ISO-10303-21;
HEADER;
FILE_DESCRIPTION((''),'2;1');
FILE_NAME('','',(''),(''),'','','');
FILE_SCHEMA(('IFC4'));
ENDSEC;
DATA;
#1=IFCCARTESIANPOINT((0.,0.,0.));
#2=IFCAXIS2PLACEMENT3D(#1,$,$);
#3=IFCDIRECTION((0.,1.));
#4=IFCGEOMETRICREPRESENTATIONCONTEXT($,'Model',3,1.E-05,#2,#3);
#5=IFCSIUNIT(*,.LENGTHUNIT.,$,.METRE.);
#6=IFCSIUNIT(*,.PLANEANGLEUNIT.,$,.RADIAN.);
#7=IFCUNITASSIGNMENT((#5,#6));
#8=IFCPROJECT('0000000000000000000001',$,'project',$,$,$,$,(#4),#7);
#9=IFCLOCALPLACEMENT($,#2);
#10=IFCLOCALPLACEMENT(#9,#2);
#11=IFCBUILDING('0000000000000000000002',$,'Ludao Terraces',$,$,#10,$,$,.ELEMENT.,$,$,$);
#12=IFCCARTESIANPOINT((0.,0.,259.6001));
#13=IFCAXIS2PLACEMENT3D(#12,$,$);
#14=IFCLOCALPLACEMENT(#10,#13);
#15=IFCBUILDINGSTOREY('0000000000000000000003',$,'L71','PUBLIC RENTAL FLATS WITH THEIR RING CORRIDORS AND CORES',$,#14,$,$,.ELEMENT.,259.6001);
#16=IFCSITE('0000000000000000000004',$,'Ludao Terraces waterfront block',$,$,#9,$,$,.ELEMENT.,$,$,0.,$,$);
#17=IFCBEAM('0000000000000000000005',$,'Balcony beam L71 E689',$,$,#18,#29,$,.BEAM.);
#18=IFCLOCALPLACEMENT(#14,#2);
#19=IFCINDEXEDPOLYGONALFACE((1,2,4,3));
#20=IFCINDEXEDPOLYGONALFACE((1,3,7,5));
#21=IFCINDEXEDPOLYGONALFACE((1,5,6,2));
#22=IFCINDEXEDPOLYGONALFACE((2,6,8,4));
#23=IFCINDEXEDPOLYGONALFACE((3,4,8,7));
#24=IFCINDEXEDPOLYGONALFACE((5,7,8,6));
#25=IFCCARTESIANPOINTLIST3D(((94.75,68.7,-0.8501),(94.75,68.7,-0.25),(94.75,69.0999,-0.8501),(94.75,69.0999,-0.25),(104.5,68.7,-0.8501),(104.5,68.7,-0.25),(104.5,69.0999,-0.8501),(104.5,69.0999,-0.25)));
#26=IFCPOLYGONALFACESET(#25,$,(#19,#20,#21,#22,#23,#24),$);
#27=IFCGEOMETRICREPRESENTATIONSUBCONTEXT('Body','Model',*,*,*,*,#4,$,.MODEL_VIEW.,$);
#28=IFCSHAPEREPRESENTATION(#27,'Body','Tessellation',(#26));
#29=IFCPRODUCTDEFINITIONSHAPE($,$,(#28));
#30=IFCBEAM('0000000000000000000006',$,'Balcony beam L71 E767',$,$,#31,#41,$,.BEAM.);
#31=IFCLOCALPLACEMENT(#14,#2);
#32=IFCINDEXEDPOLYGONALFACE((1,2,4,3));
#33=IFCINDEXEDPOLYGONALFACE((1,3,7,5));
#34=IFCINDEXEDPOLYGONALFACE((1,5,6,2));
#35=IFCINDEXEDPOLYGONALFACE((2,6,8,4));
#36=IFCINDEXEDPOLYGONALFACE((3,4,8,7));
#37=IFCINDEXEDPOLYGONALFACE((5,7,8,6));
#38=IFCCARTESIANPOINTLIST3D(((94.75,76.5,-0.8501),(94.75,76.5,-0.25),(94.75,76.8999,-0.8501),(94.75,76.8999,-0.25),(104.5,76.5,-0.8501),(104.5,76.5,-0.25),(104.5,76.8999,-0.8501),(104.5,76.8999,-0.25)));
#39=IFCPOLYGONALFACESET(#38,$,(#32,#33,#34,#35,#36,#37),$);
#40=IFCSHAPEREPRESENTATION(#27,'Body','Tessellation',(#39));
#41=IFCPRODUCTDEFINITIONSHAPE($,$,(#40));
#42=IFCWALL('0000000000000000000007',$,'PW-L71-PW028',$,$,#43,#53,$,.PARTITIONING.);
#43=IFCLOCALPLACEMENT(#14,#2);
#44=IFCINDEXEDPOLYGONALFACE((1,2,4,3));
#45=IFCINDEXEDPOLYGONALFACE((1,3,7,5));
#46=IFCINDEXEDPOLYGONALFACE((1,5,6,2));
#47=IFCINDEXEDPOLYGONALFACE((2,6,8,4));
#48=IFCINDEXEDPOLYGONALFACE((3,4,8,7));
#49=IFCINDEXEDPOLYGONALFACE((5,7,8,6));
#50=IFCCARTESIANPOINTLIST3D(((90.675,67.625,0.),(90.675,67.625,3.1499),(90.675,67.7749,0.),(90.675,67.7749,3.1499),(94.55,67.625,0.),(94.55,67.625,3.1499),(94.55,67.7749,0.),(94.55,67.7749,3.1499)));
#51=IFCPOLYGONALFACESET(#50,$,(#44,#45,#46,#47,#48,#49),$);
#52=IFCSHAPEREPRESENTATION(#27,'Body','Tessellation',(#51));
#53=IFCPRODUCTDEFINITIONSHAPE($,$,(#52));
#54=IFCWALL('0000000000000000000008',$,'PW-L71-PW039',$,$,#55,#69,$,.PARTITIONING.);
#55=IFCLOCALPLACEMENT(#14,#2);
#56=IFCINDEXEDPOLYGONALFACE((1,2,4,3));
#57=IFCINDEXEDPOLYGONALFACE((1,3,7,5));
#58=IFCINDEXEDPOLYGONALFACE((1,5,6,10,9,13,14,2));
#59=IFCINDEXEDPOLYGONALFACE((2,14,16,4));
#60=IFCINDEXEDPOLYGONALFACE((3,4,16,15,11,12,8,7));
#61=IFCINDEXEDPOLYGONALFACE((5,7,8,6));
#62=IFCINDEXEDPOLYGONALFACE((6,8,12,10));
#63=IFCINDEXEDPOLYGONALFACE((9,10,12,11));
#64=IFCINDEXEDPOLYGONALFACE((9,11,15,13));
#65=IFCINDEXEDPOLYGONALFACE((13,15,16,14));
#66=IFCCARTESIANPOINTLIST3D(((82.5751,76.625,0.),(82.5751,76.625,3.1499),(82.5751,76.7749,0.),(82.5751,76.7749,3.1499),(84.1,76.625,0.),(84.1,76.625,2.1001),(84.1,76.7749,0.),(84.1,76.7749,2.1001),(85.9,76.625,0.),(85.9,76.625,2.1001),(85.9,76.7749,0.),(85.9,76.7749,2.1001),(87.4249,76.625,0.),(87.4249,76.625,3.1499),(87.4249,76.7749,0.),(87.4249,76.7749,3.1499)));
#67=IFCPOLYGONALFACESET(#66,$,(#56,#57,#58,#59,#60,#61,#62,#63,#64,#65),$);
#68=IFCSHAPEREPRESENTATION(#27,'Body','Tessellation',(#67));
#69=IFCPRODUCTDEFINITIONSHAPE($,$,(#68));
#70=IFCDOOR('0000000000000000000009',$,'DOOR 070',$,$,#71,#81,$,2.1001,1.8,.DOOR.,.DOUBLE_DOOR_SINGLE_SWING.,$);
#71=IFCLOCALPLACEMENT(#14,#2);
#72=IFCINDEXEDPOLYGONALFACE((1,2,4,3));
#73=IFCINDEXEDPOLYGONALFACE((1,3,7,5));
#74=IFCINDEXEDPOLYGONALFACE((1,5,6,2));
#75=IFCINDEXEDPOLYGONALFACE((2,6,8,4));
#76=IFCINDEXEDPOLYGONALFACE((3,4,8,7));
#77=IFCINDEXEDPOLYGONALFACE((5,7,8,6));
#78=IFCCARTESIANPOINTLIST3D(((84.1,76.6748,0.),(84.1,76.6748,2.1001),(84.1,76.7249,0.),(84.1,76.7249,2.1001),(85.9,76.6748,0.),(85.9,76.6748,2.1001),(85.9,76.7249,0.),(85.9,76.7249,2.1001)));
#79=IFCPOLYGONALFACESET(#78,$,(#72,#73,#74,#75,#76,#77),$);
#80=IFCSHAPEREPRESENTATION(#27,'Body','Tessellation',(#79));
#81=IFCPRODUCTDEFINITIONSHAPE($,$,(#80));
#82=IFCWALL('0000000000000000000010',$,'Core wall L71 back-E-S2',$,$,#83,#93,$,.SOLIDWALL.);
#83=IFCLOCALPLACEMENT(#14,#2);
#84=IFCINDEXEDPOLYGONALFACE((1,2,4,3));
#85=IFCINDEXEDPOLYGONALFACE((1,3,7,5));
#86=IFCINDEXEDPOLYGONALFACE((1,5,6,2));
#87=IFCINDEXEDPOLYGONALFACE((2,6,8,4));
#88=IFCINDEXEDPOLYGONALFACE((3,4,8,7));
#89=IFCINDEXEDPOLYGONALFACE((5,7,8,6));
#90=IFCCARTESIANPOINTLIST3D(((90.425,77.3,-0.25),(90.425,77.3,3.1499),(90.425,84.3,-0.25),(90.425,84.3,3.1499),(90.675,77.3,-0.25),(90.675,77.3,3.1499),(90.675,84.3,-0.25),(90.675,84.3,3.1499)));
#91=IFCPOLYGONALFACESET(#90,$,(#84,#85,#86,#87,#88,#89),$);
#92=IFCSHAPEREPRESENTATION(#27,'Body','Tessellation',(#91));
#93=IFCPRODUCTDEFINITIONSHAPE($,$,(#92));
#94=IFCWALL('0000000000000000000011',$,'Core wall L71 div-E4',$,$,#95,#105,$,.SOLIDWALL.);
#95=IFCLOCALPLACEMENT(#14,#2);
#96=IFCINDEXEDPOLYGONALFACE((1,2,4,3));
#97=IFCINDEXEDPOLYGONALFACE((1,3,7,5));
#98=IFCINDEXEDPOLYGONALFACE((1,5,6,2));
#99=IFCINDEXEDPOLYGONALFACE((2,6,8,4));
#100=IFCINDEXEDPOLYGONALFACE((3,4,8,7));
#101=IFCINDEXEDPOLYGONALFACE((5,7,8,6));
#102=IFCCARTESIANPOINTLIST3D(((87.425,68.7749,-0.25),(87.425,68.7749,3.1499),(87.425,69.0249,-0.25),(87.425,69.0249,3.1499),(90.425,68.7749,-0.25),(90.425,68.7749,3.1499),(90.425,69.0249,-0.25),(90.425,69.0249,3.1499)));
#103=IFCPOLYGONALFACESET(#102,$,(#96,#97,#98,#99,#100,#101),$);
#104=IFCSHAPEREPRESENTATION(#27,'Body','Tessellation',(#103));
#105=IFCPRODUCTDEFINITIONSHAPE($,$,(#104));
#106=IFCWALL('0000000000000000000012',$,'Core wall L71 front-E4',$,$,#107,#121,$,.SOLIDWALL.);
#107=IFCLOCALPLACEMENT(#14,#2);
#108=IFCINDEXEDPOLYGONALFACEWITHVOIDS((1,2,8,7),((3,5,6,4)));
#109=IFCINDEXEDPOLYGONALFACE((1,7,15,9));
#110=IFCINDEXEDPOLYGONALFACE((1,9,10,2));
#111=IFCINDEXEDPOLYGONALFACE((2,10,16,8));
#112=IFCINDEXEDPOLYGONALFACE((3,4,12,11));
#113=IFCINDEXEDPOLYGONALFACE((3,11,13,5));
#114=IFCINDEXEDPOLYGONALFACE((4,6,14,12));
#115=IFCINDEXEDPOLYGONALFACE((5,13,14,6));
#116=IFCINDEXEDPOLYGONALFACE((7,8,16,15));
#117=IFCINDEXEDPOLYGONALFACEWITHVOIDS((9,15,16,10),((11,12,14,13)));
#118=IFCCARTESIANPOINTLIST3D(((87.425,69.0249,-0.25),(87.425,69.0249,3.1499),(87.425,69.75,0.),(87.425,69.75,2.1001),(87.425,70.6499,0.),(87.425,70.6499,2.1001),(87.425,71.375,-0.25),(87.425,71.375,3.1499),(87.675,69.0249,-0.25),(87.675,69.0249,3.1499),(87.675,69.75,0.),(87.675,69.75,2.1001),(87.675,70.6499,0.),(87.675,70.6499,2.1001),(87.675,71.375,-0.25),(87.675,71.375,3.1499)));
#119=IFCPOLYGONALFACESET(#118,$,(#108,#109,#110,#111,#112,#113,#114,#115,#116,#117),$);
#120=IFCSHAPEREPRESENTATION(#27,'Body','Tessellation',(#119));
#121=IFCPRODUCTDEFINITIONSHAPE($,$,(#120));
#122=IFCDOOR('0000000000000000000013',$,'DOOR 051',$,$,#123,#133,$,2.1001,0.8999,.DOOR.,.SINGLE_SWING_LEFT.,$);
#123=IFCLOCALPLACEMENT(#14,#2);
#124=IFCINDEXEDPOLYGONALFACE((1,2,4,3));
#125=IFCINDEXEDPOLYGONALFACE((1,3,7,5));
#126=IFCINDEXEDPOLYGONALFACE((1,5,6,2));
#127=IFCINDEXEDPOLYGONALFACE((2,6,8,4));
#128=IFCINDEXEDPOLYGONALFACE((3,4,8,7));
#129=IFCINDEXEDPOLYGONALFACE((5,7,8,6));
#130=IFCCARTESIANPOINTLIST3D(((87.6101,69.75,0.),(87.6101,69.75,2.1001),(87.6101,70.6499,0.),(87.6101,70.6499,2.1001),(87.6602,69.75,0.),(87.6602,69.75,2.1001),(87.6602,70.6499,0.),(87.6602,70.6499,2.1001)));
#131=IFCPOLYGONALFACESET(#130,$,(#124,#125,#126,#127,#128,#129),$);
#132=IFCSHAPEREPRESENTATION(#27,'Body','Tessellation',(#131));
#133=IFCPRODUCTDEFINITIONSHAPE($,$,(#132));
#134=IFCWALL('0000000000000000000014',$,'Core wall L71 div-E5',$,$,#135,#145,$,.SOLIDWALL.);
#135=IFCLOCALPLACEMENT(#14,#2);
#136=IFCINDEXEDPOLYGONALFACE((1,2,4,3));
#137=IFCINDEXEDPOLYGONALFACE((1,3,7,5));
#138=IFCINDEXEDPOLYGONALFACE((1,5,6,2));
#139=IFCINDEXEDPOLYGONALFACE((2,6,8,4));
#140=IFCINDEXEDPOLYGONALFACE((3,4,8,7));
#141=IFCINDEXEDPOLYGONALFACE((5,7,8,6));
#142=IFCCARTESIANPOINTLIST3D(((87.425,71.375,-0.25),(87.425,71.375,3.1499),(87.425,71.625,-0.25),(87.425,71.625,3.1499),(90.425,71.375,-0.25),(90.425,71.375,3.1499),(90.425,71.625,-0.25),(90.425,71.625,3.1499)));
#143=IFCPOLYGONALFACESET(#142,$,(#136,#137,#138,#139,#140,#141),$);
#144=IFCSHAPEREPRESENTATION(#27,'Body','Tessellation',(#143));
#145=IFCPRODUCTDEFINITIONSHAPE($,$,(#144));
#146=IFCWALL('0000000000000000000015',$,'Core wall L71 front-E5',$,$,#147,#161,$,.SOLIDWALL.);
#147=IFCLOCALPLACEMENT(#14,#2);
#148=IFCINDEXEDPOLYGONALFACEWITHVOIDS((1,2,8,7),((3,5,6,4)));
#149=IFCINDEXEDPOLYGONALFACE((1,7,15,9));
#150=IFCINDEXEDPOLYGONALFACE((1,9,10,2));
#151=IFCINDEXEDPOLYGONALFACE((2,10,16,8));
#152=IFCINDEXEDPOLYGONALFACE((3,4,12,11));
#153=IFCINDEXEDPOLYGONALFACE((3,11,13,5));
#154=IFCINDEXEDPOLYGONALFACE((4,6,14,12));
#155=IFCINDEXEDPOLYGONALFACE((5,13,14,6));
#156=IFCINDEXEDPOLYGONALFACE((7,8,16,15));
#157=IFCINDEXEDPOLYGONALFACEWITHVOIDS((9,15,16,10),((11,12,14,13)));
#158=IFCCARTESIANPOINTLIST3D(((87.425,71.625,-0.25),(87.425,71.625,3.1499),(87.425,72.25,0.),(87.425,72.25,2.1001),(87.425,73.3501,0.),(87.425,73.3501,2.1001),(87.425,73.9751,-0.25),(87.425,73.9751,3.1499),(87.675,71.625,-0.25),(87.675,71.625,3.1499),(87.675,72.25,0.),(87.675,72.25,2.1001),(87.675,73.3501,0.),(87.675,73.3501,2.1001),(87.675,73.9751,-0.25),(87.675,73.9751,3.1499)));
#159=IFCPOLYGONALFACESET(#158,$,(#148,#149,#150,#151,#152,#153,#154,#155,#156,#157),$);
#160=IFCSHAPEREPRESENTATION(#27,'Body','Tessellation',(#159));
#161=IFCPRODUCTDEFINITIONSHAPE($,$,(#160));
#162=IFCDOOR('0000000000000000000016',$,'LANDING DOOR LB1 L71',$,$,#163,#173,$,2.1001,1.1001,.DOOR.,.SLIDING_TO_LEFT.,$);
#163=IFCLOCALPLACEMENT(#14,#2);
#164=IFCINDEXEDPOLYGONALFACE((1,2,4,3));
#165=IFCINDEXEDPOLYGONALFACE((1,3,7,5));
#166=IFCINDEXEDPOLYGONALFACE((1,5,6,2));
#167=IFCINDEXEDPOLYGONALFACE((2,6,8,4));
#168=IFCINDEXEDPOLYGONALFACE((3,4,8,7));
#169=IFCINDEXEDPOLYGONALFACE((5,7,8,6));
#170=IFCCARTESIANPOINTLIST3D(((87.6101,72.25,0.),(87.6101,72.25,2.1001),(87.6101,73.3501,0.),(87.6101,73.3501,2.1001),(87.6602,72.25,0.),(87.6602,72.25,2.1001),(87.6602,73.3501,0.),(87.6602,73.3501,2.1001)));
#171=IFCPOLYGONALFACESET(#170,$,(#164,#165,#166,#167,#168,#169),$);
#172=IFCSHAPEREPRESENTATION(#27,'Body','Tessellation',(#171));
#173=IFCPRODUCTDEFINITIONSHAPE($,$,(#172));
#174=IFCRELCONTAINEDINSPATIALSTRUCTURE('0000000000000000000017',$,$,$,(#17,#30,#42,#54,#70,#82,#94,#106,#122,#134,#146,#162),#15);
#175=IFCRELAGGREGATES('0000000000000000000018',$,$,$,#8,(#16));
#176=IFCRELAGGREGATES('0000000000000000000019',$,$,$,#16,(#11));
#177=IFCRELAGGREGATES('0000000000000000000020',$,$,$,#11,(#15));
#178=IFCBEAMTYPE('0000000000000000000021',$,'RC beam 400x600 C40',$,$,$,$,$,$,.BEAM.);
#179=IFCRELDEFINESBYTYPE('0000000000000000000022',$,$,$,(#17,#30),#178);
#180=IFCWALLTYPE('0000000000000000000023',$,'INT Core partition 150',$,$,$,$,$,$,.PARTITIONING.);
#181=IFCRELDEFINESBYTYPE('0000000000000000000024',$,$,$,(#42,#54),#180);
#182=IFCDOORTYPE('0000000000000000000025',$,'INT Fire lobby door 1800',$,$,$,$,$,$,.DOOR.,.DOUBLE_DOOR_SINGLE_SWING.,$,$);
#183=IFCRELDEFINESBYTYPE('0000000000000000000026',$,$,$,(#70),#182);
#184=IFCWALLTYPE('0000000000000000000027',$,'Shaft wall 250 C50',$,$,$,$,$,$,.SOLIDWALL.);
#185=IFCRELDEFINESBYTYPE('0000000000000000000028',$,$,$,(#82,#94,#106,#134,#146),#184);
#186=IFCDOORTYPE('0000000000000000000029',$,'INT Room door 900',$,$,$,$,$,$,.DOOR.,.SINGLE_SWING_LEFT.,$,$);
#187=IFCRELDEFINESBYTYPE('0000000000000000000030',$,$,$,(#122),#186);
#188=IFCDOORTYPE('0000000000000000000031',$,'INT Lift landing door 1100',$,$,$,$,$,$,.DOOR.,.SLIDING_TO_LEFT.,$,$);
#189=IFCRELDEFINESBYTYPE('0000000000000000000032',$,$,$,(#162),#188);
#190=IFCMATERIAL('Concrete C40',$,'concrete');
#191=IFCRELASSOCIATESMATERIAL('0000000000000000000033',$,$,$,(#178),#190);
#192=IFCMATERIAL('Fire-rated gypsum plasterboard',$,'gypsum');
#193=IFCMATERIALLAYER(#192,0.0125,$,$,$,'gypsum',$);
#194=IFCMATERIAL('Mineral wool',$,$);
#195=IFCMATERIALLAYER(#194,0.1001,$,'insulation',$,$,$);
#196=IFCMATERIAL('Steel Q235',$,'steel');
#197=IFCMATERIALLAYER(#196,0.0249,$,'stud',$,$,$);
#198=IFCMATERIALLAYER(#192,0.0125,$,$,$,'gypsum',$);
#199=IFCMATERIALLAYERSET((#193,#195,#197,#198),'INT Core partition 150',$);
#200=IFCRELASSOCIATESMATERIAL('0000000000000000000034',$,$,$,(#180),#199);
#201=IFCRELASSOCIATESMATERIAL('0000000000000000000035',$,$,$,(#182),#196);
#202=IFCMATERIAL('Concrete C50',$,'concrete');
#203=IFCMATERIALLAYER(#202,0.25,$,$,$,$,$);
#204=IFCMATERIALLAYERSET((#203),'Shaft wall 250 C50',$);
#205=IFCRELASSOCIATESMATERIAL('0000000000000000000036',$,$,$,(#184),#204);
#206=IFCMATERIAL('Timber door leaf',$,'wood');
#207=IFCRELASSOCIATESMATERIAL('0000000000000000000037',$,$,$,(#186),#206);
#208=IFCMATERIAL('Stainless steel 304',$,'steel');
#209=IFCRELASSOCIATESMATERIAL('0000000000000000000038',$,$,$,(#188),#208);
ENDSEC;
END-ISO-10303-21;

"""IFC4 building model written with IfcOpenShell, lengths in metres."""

from ifc_helpers import new_model, si_unit, direction, frame, frame_2d, origin, origin_2d, place, context, subcontext, project, spatial, rectangle, extrude, material, layer, layer_set, material_profile, profile_set, type_object, element, fill, save


model = new_model("IFC4")

# Units and contexts
model_context = context("Model", 3, precision=1e-05, world=origin(), true_north=direction((0.0, 1.0)))
body_context = subcontext(model_context, "Body", "Model", "MODEL_VIEW")
ifc_project = project(units=[si_unit("LENGTHUNIT", "METRE"), si_unit("PLANEANGLEUNIT", "RADIAN")], contexts=[model_context])

# Site, building, storey
site_placement = place(None, origin())
site = spatial("IfcSite", under=ifc_project, at=site_placement, Name="Ludao Terraces waterfront block", CompositionType="ELEMENT", RefElevation=0.0)
building_placement = place(site_placement, origin())
building = spatial("IfcBuilding", under=site, at=building_placement, Name="Ludao Terraces", CompositionType="ELEMENT")
storey_placement = place(building_placement, frame((0.0, 0.0, 259.6001)))
storey = spatial("IfcBuildingStorey", under=building, at=storey_placement, Name="L71", Description="PUBLIC RENTAL FLATS WITH THEIR RING CORRIDORS AND CORES", CompositionType="ELEMENT", Elevation=259.6001)

# Beams
ifc_material_1 = material(Name="Concrete C40", Category="concrete")
ifc_material_profile = material_profile(ifc_material_1, rectangle(XDim=0.3999, YDim=0.6001, at=origin_2d()), Name="400 X 600")
ifc_profile_set = profile_set([ifc_material_profile], Name="Concrete C40")
beam_type = type_object("IfcBeamType", Name="RC beam 400x600 C40", PredefinedType="BEAM", material=ifc_profile_set)
for number, where, z_axis, x_axis, name in (
    (1, (94.75, 68.8999, -0.55), (1.0, 0.0, 0.0), (0.0, 1.0, 0.0), "Balcony beam L71 E689"),
    (2, (94.75, 76.7, -0.55), (1.0, 0.0, 0.0), (0.0, 1.0, 0.0), "Balcony beam L71 E767"),
):
    element("IfcBeam", number, at=place(storey_placement, frame(where, z_axis=z_axis, x_axis=x_axis)), inside=storey, type_object=beam_type, Name=name, PredefinedType="BEAM", context=body_context, shape_type="SweptSolid", body=[
        extrude(rectangle(XDim=0.3999, YDim=0.6001, at=origin_2d()), origin(), (0.0, 0.0, 1.0), 9.75),
    ])

# Wall
ifc_material_2 = material(Name="Fire-rated gypsum plasterboard", Category="gypsum")
ifc_layer_1 = layer(ifc_material_2, 0.0125, Category="gypsum")
ifc_material_3 = material(Name="Mineral wool")
ifc_layer_2 = layer(ifc_material_3, 0.1001, Name="insulation")
ifc_material_4 = material(Name="Steel Q235", Category="steel")
ifc_layer_3 = layer(ifc_material_4, 0.0249, Name="stud")
ifc_layer_4 = layer(ifc_material_2, 0.0125, Category="gypsum")
ifc_layer_set_1 = layer_set([ifc_layer_1, ifc_layer_2, ifc_layer_3, ifc_layer_4], Name="INT Core partition 150")
wall_type_1 = type_object("IfcWallType", Name="INT Core partition 150", PredefinedType="PARTITIONING", material=ifc_layer_set_1)
wall_1_placement = place(storey_placement, frame((90.675, 67.7, 0.0), z_axis=(0.0, 0.0, 1.0), x_axis=(1.0, 0.0, 0.0)))
element("IfcWall", 3, at=wall_1_placement, inside=storey, type_object=wall_type_1, Name="PW-L71-PW028", PredefinedType="PARTITIONING", context=body_context, shape_type="SweptSolid", body=[
    extrude(rectangle(XDim=3.875, YDim=0.1499, at=frame_2d((1.9375, 0.0))), origin(), (0.0, 0.0, 1.0), 3.1499),
])

# Wall, opening, door
wall_2_placement = place(storey_placement, frame((82.5752, 76.7, 0.0), z_axis=(0.0, 0.0, 1.0), x_axis=(1.0, 0.0, 0.0)))
wall_2 = element("IfcWall", 4, at=wall_2_placement, inside=storey, type_object=wall_type_1, Name="PW-L71-PW039", PredefinedType="PARTITIONING", context=body_context, shape_type="SweptSolid", body=[
    extrude(rectangle(XDim=4.8499, YDim=0.1499, at=frame_2d((2.4248, 0.0))), origin(), (0.0, 0.0, 1.0), 3.1499),
])
opening_1_placement = place(wall_2_placement, frame((1.5249, 0.0, 0.0)))
opening_1 = element("IfcOpeningElement", 5, at=opening_1_placement, cuts=wall_2, PredefinedType="OPENING", context=body_context, shape_type="SweptSolid", body=[
    extrude(rectangle(XDim=1.8, YDim=2.1001, at=frame_2d((0.8999, 1.05))), frame((0.0, 0.085, 0.0), z_axis=(0.0, -1.0, 0.0), x_axis=(1.0, 0.0, 0.0)), (0.0, 0.0, 1.0), 0.1699),
])
door_type_1 = type_object("IfcDoorType", Name="INT Fire lobby door 1800", OperationType="DOUBLE_DOOR_SINGLE_SWING", PredefinedType="DOOR", material=ifc_material_4)
door_1_placement = place(opening_1_placement, origin())
door_1 = element("IfcDoor", 6, at=door_1_placement, inside=storey, type_object=door_type_1, Name="DOOR 070", OperationType="DOUBLE_DOOR_SINGLE_SWING", OverallHeight=2.1001, OverallWidth=1.8, PredefinedType="DOOR", context=body_context, shape_type="SweptSolid", body=[
    extrude(rectangle(XDim=1.8, YDim=2.1001, at=frame_2d((0.8999, 1.05))), frame((0.0, 0.0249, 0.0), z_axis=(0.0, -1.0, 0.0), x_axis=(1.0, 0.0, 0.0)), (0.0, 0.0, 1.0), 0.05),
])
fill(opening_1, door_1)

# Walls
ifc_material_5 = material(Name="Concrete C50", Category="concrete")
ifc_layer_5 = layer(ifc_material_5, 0.25)
ifc_layer_set_2 = layer_set([ifc_layer_5], Name="Shaft wall 250 C50")
wall_type_2 = type_object("IfcWallType", Name="Shaft wall 250 C50", PredefinedType="SOLIDWALL", material=ifc_layer_set_2)
wall_3_placement = place(storey_placement, frame((90.55, 77.3, -0.25), z_axis=(0.0, 0.0, 1.0), x_axis=(0.0, 1.0, 0.0)))
element("IfcWall", 7, at=wall_3_placement, inside=storey, type_object=wall_type_2, Name="Core wall L71 back-E-S2", PredefinedType="SOLIDWALL", context=body_context, shape_type="SweptSolid", body=[
    extrude(rectangle(XDim=7.0, YDim=0.25, at=frame_2d((3.5, 0.0))), origin(), (0.0, 0.0, 1.0), 3.3999),
])
wall_4_placement = place(storey_placement, frame((87.425, 68.8999, -0.25), z_axis=(0.0, 0.0, 1.0), x_axis=(1.0, 0.0, 0.0)))
element("IfcWall", 8, at=wall_4_placement, inside=storey, type_object=wall_type_2, Name="Core wall L71 div-E4", PredefinedType="SOLIDWALL", context=body_context, shape_type="SweptSolid", body=[
    extrude(rectangle(XDim=3.0, YDim=0.25, at=frame_2d((1.5, 0.0))), origin(), (0.0, 0.0, 1.0), 3.3999),
])

# Wall, opening, door
wall_5_placement = place(storey_placement, frame((87.55, 69.0249, -0.25), z_axis=(0.0, 0.0, 1.0), x_axis=(0.0, 1.0, 0.0)))
wall_5 = element("IfcWall", 9, at=wall_5_placement, inside=storey, type_object=wall_type_2, Name="Core wall L71 front-E4", PredefinedType="SOLIDWALL", context=body_context, shape_type="SweptSolid", body=[
    extrude(rectangle(XDim=2.3501, YDim=0.25, at=frame_2d((1.175, 0.0))), origin(), (0.0, 0.0, 1.0), 3.3999),
])
opening_2_placement = place(wall_5_placement, frame((0.7251, 0.0, 0.25)))
opening_2 = element("IfcOpeningElement", 10, at=opening_2_placement, cuts=wall_5, PredefinedType="OPENING", context=body_context, shape_type="SweptSolid", body=[
    extrude(rectangle(XDim=0.8999, YDim=2.1001, at=frame_2d((0.45, 1.05))), frame((0.0, 0.135, 0.0), z_axis=(0.0, -1.0, 0.0), x_axis=(1.0, 0.0, 0.0)), (0.0, 0.0, 1.0), 0.27),
])
ifc_material_6 = material(Name="Timber door leaf", Category="wood")
door_type_2 = type_object("IfcDoorType", Name="INT Room door 900", OperationType="SINGLE_SWING_LEFT", PredefinedType="DOOR", material=ifc_material_6)
door_2_placement = place(opening_2_placement, origin())
door_2 = element("IfcDoor", 11, at=door_2_placement, inside=storey, type_object=door_type_2, Name="DOOR 051", OperationType="SINGLE_SWING_LEFT", OverallHeight=2.1001, OverallWidth=0.8999, PredefinedType="DOOR", context=body_context, shape_type="SweptSolid", body=[
    extrude(rectangle(XDim=0.8999, YDim=2.1001, at=frame_2d((0.45, 1.05))), frame((0.0, -0.0601, 0.0), z_axis=(0.0, -1.0, 0.0), x_axis=(1.0, 0.0, 0.0)), (0.0, 0.0, 1.0), 0.05),
])
fill(opening_2, door_2)

# Wall
wall_6_placement = place(storey_placement, frame((87.425, 71.5, -0.25), z_axis=(0.0, 0.0, 1.0), x_axis=(1.0, 0.0, 0.0)))
element("IfcWall", 12, at=wall_6_placement, inside=storey, type_object=wall_type_2, Name="Core wall L71 div-E5", PredefinedType="SOLIDWALL", context=body_context, shape_type="SweptSolid", body=[
    extrude(rectangle(XDim=3.0, YDim=0.25, at=frame_2d((1.5, 0.0))), origin(), (0.0, 0.0, 1.0), 3.3999),
])

# Wall, opening, door
wall_7_placement = place(storey_placement, frame((87.55, 71.625, -0.25), z_axis=(0.0, 0.0, 1.0), x_axis=(0.0, 1.0, 0.0)))
wall_7 = element("IfcWall", 13, at=wall_7_placement, inside=storey, type_object=wall_type_2, Name="Core wall L71 front-E5", PredefinedType="SOLIDWALL", context=body_context, shape_type="SweptSolid", body=[
    extrude(rectangle(XDim=2.3501, YDim=0.25, at=frame_2d((1.175, 0.0))), origin(), (0.0, 0.0, 1.0), 3.3999),
])
opening_3_placement = place(wall_7_placement, frame((0.625, 0.0, 0.25)))
opening_3 = element("IfcOpeningElement", 14, at=opening_3_placement, cuts=wall_7, PredefinedType="OPENING", context=body_context, shape_type="SweptSolid", body=[
    extrude(rectangle(XDim=1.1001, YDim=2.1001, at=frame_2d((0.55, 1.05))), frame((0.0, 0.135, 0.0), z_axis=(0.0, -1.0, 0.0), x_axis=(1.0, 0.0, 0.0)), (0.0, 0.0, 1.0), 0.27),
])
ifc_material_7 = material(Name="Stainless steel 304", Category="steel")
door_type_3 = type_object("IfcDoorType", Name="INT Lift landing door 1100", OperationType="SLIDING_TO_LEFT", PredefinedType="DOOR", material=ifc_material_7)
door_3_placement = place(opening_3_placement, origin())
door_3 = element("IfcDoor", 15, at=door_3_placement, inside=storey, type_object=door_type_3, Name="LANDING DOOR LB1 L71", OperationType="SLIDING_TO_LEFT", OverallHeight=2.1001, OverallWidth=1.1001, PredefinedType="DOOR", context=body_context, shape_type="SweptSolid", body=[
    extrude(rectangle(XDim=1.1001, YDim=2.1001, at=frame_2d((0.55, 1.05))), frame((0.0, -0.0601, 0.0), z_axis=(0.0, -1.0, 0.0), x_axis=(1.0, 0.0, 0.0)), (0.0, 0.0, 1.0), 0.05),
])
fill(opening_3, door_3)

save(model, "model.ifc")
